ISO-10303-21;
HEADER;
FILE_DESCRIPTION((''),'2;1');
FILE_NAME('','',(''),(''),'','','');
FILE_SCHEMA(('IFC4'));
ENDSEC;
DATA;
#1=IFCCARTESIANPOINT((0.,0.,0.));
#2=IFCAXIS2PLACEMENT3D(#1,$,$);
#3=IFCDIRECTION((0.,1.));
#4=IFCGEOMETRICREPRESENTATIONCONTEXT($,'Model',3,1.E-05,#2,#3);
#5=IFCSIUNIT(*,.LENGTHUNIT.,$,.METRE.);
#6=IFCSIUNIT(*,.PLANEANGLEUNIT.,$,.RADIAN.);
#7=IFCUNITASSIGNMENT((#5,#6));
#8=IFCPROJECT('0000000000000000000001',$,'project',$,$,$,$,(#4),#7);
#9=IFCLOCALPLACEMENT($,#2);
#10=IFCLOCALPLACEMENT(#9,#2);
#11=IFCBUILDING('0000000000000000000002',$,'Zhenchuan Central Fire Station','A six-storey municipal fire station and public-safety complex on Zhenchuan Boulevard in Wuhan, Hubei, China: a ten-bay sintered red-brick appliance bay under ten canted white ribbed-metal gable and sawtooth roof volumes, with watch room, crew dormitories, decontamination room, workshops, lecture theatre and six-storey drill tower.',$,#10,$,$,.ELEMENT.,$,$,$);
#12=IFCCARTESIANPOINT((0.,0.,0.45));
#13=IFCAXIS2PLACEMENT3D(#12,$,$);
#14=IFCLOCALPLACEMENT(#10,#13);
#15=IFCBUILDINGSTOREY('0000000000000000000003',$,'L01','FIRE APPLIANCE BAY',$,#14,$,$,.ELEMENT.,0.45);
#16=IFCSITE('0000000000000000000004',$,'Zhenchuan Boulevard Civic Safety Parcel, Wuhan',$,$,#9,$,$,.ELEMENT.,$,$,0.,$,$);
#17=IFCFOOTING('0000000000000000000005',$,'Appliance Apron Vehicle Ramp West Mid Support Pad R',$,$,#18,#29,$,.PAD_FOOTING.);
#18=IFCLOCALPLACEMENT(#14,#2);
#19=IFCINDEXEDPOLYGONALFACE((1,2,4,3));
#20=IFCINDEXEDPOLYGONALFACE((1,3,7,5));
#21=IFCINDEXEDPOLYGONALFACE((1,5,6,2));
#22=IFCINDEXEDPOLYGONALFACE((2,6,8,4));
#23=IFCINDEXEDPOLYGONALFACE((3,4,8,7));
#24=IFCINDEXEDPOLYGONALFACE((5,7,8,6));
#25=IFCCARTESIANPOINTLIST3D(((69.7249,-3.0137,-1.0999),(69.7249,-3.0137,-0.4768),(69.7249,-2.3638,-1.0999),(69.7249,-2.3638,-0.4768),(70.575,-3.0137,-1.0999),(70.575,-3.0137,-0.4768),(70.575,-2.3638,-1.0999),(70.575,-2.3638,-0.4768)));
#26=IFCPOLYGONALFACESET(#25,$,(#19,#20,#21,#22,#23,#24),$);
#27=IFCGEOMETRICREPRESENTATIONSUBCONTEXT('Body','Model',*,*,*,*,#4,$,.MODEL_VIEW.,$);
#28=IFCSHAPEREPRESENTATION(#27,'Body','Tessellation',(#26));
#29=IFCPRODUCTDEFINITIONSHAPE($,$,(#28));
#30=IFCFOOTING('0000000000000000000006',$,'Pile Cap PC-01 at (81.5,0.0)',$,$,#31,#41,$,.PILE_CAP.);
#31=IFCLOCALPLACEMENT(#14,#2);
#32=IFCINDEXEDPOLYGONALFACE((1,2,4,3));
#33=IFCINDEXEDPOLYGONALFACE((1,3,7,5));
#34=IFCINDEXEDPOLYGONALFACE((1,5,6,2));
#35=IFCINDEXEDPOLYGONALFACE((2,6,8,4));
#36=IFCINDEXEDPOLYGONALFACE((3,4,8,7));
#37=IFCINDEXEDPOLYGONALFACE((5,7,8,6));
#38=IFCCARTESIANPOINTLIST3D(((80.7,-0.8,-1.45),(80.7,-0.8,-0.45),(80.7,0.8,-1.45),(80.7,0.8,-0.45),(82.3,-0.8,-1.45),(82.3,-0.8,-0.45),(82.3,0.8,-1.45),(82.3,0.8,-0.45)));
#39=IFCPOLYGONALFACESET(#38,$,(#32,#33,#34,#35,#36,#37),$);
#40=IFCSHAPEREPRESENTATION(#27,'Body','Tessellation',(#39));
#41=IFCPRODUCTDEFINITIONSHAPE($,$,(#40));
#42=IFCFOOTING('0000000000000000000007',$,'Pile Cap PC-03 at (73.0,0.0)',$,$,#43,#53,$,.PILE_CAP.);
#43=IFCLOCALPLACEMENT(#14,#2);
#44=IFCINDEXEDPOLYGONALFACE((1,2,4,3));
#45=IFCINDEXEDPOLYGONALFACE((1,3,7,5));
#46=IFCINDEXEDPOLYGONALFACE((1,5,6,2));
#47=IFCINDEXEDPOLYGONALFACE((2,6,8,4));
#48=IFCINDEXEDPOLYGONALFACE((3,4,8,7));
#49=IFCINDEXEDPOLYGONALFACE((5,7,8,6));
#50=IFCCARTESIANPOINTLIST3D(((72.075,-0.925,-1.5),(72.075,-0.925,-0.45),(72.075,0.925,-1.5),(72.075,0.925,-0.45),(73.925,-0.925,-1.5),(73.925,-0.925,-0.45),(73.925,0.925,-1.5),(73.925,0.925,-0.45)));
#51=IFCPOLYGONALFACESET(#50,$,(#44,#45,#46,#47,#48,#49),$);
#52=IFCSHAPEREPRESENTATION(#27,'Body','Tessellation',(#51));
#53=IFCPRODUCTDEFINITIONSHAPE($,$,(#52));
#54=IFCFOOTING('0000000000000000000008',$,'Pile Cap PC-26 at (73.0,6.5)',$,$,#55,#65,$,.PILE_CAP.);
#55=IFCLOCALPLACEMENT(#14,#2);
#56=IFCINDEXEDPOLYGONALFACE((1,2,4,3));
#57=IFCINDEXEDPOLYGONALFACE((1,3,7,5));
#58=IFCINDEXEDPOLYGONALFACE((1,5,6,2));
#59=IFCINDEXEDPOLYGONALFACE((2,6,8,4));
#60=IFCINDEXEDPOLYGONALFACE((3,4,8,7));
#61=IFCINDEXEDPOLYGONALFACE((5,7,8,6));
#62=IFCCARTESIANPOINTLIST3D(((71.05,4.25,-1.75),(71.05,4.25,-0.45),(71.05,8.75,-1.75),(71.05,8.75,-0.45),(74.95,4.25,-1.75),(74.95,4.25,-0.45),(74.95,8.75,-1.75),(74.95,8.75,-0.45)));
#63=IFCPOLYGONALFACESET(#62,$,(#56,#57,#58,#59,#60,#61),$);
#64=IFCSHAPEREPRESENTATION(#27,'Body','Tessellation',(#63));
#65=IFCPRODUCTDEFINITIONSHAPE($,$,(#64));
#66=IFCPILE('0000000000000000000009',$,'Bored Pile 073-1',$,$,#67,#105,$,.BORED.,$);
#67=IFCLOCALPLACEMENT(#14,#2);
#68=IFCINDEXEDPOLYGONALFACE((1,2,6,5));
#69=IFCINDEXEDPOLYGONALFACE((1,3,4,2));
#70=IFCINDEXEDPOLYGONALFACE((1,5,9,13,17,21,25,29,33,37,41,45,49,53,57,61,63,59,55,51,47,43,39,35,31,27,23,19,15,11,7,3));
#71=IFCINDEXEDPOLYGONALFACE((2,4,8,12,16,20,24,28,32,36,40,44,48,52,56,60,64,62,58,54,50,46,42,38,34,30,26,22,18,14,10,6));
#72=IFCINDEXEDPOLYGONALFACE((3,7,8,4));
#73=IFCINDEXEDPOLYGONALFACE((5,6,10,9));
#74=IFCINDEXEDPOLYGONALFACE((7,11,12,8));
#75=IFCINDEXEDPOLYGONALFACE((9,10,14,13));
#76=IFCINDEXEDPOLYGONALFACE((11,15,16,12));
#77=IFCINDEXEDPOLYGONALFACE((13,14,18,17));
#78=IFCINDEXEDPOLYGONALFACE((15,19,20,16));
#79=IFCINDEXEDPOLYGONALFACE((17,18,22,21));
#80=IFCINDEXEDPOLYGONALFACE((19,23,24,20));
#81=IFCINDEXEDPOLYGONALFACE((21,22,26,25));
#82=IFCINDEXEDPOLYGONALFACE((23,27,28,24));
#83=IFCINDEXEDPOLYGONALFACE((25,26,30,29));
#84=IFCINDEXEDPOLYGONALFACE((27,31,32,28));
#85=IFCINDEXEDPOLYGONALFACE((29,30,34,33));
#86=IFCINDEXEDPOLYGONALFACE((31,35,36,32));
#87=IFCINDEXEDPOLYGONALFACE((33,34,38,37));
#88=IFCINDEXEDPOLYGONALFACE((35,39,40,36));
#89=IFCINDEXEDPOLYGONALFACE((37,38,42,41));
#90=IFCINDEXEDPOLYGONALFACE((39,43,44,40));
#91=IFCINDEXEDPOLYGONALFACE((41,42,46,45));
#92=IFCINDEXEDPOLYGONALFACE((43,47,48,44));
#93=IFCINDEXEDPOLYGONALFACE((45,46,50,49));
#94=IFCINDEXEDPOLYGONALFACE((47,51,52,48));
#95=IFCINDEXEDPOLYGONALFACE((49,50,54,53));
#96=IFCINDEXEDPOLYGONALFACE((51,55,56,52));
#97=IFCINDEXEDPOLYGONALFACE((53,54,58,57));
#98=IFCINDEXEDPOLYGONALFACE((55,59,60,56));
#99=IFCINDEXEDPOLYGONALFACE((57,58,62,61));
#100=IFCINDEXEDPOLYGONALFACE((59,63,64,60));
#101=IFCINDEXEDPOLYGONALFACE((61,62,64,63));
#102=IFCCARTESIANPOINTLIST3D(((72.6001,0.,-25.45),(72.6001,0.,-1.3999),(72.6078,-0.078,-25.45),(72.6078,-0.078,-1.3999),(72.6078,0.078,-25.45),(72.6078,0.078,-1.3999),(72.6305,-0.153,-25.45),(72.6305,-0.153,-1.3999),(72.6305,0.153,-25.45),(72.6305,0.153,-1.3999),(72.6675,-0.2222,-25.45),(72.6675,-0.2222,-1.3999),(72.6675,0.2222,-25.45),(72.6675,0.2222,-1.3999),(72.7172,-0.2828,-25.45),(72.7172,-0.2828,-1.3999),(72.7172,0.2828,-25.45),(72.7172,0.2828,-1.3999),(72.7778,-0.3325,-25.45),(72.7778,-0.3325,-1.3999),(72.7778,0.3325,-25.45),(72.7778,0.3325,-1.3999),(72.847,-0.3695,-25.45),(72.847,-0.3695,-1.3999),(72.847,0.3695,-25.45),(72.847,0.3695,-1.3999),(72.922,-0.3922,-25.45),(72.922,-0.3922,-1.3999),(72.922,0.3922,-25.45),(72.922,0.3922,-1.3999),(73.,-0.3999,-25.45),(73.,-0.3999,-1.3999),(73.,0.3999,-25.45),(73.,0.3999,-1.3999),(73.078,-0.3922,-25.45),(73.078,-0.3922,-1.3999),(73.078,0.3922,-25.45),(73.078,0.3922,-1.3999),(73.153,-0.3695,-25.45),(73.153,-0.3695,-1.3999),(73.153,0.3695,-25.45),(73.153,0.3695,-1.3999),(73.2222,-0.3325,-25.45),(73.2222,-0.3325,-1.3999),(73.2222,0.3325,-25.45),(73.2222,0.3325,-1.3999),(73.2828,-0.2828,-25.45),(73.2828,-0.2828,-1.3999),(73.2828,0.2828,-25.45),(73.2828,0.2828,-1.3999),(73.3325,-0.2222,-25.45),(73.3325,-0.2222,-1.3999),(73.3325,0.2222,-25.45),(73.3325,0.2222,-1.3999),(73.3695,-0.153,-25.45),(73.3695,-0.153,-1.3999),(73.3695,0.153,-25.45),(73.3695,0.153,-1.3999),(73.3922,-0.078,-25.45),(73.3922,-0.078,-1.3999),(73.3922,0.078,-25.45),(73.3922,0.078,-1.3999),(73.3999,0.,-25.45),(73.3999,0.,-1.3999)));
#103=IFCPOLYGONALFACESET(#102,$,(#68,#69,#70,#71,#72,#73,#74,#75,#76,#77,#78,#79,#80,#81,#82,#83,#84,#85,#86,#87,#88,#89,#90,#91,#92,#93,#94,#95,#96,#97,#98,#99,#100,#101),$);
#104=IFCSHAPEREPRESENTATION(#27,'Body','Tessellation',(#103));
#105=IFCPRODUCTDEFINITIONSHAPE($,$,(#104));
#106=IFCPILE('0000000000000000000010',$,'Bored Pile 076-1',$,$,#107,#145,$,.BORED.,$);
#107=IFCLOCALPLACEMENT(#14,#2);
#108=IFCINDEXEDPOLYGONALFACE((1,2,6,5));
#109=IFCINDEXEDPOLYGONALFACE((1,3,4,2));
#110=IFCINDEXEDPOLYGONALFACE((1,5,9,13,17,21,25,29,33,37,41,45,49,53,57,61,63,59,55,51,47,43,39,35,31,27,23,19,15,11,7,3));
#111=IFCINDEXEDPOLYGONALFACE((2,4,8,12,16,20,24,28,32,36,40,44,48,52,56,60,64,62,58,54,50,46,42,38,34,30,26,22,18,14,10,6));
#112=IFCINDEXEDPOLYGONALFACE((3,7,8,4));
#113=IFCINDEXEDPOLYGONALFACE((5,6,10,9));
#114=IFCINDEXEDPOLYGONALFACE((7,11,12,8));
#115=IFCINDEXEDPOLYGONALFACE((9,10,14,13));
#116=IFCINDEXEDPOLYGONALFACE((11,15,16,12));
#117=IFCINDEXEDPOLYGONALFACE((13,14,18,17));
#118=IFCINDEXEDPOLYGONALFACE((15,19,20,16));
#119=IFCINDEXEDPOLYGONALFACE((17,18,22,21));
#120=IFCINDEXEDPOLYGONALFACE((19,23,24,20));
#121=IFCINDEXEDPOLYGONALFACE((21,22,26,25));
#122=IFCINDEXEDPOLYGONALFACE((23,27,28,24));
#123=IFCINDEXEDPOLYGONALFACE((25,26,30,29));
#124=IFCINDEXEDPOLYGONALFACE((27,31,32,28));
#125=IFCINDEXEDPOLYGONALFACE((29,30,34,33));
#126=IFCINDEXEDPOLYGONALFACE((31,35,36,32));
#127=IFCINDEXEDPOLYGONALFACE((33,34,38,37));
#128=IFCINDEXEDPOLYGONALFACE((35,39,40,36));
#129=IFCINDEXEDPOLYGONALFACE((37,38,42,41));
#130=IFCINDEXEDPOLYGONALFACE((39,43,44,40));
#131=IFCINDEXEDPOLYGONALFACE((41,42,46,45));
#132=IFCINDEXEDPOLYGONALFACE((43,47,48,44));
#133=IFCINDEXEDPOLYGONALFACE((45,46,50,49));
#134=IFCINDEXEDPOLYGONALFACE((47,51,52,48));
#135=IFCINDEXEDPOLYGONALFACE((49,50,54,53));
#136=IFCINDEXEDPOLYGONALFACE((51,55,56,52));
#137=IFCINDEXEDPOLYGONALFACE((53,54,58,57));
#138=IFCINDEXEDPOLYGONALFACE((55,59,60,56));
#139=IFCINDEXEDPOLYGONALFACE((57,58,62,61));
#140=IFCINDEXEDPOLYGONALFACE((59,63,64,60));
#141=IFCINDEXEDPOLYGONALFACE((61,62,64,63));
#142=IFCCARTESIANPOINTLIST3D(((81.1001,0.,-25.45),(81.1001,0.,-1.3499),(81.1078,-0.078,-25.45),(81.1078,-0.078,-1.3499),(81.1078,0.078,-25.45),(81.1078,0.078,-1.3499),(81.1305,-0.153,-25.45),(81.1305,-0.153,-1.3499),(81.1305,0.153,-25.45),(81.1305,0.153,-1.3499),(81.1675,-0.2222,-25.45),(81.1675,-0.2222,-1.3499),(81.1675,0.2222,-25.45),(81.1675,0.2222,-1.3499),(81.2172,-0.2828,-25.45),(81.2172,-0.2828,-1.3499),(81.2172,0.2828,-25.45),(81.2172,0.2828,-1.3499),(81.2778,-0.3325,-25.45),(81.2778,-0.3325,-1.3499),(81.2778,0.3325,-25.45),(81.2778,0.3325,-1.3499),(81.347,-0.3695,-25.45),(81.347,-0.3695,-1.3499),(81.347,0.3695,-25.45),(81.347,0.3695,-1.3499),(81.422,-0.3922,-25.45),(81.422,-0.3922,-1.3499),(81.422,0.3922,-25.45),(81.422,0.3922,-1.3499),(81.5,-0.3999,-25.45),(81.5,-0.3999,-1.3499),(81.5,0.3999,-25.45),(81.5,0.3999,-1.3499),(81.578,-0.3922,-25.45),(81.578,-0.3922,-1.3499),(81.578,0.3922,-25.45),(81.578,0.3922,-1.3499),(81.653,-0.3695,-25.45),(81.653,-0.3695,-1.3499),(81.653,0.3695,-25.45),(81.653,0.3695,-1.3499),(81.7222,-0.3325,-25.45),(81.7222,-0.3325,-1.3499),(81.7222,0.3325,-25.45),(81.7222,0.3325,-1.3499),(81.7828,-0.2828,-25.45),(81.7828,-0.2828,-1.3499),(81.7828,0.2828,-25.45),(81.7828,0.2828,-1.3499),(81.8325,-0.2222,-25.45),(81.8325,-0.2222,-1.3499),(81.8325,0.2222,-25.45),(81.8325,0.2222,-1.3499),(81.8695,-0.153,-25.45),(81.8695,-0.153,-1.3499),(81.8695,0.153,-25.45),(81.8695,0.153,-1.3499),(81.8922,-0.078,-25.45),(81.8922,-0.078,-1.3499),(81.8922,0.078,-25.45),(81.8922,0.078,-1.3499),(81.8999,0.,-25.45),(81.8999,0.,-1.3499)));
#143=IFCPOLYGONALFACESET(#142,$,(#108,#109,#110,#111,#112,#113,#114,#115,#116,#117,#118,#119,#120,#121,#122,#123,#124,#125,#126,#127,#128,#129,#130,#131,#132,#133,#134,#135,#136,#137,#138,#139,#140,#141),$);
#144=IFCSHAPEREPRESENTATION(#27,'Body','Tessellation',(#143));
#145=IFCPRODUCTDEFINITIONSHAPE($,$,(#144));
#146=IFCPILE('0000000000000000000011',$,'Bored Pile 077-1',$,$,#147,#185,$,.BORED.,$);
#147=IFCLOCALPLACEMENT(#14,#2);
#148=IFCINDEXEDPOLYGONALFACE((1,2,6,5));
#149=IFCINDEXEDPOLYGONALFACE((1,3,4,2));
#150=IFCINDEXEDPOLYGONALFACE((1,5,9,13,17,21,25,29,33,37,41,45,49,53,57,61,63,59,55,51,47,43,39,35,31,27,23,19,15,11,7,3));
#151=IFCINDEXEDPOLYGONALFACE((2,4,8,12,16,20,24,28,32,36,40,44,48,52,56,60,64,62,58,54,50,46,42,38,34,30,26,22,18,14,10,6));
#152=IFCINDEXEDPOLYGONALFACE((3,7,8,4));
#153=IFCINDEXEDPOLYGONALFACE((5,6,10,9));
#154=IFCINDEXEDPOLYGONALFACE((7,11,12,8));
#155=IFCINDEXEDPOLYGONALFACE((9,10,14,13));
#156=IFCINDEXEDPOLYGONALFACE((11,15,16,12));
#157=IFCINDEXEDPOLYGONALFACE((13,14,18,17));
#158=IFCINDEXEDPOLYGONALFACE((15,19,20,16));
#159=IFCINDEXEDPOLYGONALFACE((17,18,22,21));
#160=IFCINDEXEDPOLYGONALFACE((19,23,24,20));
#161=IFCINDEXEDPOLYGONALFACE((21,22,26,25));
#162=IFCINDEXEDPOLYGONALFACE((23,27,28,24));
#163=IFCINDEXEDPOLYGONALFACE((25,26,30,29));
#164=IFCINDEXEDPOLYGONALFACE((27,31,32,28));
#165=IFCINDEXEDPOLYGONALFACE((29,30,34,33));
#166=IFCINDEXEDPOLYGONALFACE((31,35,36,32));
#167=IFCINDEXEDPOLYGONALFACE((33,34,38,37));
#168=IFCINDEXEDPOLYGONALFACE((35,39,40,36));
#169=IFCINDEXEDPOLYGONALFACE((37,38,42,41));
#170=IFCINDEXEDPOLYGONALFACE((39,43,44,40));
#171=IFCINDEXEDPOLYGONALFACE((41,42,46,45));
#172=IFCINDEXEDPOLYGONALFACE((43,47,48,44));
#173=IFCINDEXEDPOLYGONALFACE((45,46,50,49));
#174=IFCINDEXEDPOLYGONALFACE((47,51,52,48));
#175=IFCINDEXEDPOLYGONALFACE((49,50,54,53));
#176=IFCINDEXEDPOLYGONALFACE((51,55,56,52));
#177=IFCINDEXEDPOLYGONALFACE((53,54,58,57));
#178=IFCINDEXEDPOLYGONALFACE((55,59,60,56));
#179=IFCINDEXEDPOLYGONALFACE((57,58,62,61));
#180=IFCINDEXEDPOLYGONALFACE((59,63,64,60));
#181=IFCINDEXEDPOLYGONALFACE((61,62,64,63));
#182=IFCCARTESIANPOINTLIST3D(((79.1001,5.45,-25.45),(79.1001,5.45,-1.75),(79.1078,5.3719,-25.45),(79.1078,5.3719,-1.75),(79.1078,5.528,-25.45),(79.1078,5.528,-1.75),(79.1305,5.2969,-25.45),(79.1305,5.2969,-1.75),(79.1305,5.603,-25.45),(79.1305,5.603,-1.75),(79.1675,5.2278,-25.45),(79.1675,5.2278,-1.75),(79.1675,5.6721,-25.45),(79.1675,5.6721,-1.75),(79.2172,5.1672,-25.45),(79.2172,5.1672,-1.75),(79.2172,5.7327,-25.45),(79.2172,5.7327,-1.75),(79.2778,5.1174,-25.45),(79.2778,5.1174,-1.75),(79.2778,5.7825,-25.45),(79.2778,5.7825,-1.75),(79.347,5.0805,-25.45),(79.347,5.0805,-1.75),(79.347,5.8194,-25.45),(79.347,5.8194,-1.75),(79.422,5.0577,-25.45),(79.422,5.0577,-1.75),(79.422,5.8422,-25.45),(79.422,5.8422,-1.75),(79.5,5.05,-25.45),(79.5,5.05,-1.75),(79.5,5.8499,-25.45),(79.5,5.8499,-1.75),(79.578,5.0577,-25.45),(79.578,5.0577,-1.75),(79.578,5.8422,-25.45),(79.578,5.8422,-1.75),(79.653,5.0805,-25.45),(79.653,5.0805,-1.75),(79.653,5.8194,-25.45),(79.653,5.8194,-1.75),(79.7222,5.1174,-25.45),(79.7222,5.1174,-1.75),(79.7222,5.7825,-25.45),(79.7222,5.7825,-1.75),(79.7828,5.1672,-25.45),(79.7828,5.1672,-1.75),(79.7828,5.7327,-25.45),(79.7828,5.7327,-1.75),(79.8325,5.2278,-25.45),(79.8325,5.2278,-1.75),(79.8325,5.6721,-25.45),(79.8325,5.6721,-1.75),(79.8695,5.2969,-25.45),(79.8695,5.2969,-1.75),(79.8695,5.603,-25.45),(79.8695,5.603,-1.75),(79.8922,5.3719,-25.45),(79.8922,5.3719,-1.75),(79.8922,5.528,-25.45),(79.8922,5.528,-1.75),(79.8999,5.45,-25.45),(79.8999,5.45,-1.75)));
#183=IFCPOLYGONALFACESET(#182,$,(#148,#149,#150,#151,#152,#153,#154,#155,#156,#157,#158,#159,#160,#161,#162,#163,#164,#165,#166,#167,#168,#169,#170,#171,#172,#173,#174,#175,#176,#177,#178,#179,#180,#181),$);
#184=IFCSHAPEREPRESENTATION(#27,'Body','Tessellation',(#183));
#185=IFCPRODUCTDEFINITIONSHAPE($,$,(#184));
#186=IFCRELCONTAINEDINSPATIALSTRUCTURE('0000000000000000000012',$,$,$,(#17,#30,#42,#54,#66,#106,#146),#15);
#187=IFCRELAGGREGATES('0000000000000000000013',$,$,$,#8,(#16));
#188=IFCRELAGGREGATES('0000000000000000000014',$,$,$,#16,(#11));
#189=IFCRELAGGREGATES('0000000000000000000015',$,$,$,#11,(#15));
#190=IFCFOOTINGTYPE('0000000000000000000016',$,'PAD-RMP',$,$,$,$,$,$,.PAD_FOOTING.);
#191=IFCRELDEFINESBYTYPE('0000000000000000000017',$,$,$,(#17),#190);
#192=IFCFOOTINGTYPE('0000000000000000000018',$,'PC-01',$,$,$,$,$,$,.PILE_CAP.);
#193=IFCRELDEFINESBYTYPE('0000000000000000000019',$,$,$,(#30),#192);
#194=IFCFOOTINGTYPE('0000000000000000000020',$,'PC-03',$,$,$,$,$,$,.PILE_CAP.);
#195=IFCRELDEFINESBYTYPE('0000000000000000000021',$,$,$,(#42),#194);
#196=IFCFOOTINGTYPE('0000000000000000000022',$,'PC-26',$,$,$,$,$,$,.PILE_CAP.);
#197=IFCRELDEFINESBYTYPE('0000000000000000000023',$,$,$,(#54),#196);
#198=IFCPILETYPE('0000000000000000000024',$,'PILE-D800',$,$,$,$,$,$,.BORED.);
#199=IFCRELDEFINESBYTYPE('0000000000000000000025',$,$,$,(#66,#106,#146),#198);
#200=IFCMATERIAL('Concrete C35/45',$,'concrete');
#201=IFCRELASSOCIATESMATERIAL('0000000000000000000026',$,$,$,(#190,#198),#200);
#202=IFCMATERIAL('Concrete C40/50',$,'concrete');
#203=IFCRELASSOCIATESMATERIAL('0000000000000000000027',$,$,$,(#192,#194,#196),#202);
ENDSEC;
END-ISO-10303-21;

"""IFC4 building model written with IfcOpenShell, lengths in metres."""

from ifc_helpers import new_model, si_unit, direction, frame, origin, origin_2d, place, context, subcontext, project, spatial, rectangle, circle, extrude, material, material_profile, profile_set, type_object, element, save


model = new_model("IFC4")

# Units and contexts
model_context = context("Model", 3, precision=1e-05, world=origin(), true_north=direction((0.0, 1.0)))
body_context = subcontext(model_context, "Body", "Model", "MODEL_VIEW")
ifc_project = project(units=[si_unit("LENGTHUNIT", "METRE"), si_unit("PLANEANGLEUNIT", "RADIAN")], contexts=[model_context])

# Site, building, storey
site_placement = place(None, origin())
site = spatial("IfcSite", under=ifc_project, at=site_placement, Name="Zhenchuan Boulevard Civic Safety Parcel, Wuhan", CompositionType="ELEMENT", RefElevation=0.0)
building_placement = place(site_placement, origin())
building = spatial("IfcBuilding", under=site, at=building_placement, Name="Zhenchuan Central Fire Station", Description="A six-storey municipal fire station and public-safety complex on Zhenchuan Boulevard in Wuhan, Hubei, China: a ten-bay sintered red-brick appliance bay under ten canted white ribbed-metal gable and sawtooth roof volumes, with watch room, crew dormitories, decontamination room, workshops, lecture theatre and six-storey drill tower.", CompositionType="ELEMENT")
storey_placement = place(building_placement, frame((0.0, 0.0, 0.45)))
storey = spatial("IfcBuildingStorey", under=building, at=storey_placement, Name="L01", Description="FIRE APPLIANCE BAY", CompositionType="ELEMENT", Elevation=0.45)

# Footings
ifc_material_1 = material(Name="Concrete C35/45", Category="concrete")
footing_type_1 = type_object("IfcFootingType", Name="PAD-RMP", PredefinedType="PAD_FOOTING", material=ifc_material_1)
footing_1_placement = place(storey_placement, frame((70.1499, -2.6887, -1.0999), z_axis=(0.0, 0.0, 1.0), x_axis=(1.0, 0.0, 0.0)))
element("IfcFooting", 1, at=footing_1_placement, inside=storey, type_object=footing_type_1, Name="Appliance Apron Vehicle Ramp West Mid Support Pad R", PredefinedType="PAD_FOOTING", context=body_context, shape_type="SweptSolid", body=[
    extrude(rectangle(XDim=0.8501, YDim=0.6499, at=origin_2d()), origin(), (0.0, 0.0, 1.0), 0.623),
])
ifc_material_2 = material(Name="Concrete C40/50", Category="concrete")
footing_type_2 = type_object("IfcFootingType", Name="PC-01", PredefinedType="PILE_CAP", material=ifc_material_2)
footing_2_placement = place(storey_placement, frame((81.5, 0.0, -1.45), z_axis=(0.0, 0.0, 1.0), x_axis=(1.0, 0.0, 0.0)))
element("IfcFooting", 2, at=footing_2_placement, inside=storey, type_object=footing_type_2, Name="Pile Cap PC-01 at (81.5,0.0)", PredefinedType="PILE_CAP", context=body_context, shape_type="SweptSolid", body=[
    extrude(rectangle(XDim=1.6001, YDim=1.6001, at=origin_2d()), origin(), (0.0, 0.0, 1.0), 1.0),
])
footing_type_3 = type_object("IfcFootingType", Name="PC-03", PredefinedType="PILE_CAP", material=ifc_material_2)
footing_3_placement = place(storey_placement, frame((73.0, 0.0, -1.5), z_axis=(0.0, 0.0, 1.0), x_axis=(1.0, 0.0, 0.0)))
element("IfcFooting", 3, at=footing_3_placement, inside=storey, type_object=footing_type_3, Name="Pile Cap PC-03 at (73.0,0.0)", PredefinedType="PILE_CAP", context=body_context, shape_type="SweptSolid", body=[
    extrude(rectangle(XDim=1.8501, YDim=1.8501, at=origin_2d()), origin(), (0.0, 0.0, 1.0), 1.05),
])
footing_type_4 = type_object("IfcFootingType", Name="PC-26", PredefinedType="PILE_CAP", material=ifc_material_2)
footing_4_placement = place(storey_placement, frame((73.0, 6.5, -1.75), z_axis=(0.0, 0.0, 1.0), x_axis=(1.0, 0.0, 0.0)))
element("IfcFooting", 4, at=footing_4_placement, inside=storey, type_object=footing_type_4, Name="Pile Cap PC-26 at (73.0,6.5)", PredefinedType="PILE_CAP", context=body_context, shape_type="SweptSolid", body=[
    extrude(rectangle(XDim=3.8999, YDim=4.5, at=origin_2d()), origin(), (0.0, 0.0, 1.0), 1.3),
])

# Piles
ifc_material_profile_1 = material_profile(ifc_material_1, circle(Radius=0.3999, at=origin_2d()), Name="PILE D800")
ifc_profile_set_1 = profile_set([ifc_material_profile_1], Name="Concrete C35/45")
pile_type_1 = type_object("IfcPileType", Name="PILE-D800", PredefinedType="BORED", material=ifc_profile_set_1)
pile_1_placement = place(storey_placement, frame((73.0, 0.0, -1.3999), z_axis=(0.0, 0.0, -1.0), x_axis=(1.0, 0.0, 0.0)))
element("IfcPile", 5, at=pile_1_placement, inside=storey, type_object=pile_type_1, Name="Bored Pile 073-1", PredefinedType="BORED", context=body_context, shape_type="SweptSolid", body=[
    extrude(circle(Radius=0.3999, at=origin_2d()), origin(), (0.0, 0.0, 1.0), 24.05),
])
pile_2_placement = place(storey_placement, frame((81.5, 0.0, -1.3499), z_axis=(0.0, 0.0, -1.0), x_axis=(1.0, 0.0, 0.0)))
element("IfcPile", 6, at=pile_2_placement, inside=storey, type_object=pile_type_1, Name="Bored Pile 076-1", PredefinedType="BORED", context=body_context, shape_type="SweptSolid", body=[
    extrude(circle(Radius=0.3999, at=origin_2d()), origin(), (0.0, 0.0, 1.0), 24.1001),
])
for number, where, z_axis, x_axis, name in (
    (7, (79.5, 5.45, -1.75), (0.0, 0.0, -1.0), (1.0, 0.0, 0.0), "Bored Pile 077-1"),
):
    element("IfcPile", number, at=place(storey_placement, frame(where, z_axis=z_axis, x_axis=x_axis)), inside=storey, type_object=pile_type_1, Name=name, PredefinedType="BORED", context=body_context, shape_type="SweptSolid", body=[
        extrude(circle(Radius=0.3999, at=origin_2d()), origin(), (0.0, 0.0, 1.0), 23.7),
    ])

save(model, "model.ifc")
